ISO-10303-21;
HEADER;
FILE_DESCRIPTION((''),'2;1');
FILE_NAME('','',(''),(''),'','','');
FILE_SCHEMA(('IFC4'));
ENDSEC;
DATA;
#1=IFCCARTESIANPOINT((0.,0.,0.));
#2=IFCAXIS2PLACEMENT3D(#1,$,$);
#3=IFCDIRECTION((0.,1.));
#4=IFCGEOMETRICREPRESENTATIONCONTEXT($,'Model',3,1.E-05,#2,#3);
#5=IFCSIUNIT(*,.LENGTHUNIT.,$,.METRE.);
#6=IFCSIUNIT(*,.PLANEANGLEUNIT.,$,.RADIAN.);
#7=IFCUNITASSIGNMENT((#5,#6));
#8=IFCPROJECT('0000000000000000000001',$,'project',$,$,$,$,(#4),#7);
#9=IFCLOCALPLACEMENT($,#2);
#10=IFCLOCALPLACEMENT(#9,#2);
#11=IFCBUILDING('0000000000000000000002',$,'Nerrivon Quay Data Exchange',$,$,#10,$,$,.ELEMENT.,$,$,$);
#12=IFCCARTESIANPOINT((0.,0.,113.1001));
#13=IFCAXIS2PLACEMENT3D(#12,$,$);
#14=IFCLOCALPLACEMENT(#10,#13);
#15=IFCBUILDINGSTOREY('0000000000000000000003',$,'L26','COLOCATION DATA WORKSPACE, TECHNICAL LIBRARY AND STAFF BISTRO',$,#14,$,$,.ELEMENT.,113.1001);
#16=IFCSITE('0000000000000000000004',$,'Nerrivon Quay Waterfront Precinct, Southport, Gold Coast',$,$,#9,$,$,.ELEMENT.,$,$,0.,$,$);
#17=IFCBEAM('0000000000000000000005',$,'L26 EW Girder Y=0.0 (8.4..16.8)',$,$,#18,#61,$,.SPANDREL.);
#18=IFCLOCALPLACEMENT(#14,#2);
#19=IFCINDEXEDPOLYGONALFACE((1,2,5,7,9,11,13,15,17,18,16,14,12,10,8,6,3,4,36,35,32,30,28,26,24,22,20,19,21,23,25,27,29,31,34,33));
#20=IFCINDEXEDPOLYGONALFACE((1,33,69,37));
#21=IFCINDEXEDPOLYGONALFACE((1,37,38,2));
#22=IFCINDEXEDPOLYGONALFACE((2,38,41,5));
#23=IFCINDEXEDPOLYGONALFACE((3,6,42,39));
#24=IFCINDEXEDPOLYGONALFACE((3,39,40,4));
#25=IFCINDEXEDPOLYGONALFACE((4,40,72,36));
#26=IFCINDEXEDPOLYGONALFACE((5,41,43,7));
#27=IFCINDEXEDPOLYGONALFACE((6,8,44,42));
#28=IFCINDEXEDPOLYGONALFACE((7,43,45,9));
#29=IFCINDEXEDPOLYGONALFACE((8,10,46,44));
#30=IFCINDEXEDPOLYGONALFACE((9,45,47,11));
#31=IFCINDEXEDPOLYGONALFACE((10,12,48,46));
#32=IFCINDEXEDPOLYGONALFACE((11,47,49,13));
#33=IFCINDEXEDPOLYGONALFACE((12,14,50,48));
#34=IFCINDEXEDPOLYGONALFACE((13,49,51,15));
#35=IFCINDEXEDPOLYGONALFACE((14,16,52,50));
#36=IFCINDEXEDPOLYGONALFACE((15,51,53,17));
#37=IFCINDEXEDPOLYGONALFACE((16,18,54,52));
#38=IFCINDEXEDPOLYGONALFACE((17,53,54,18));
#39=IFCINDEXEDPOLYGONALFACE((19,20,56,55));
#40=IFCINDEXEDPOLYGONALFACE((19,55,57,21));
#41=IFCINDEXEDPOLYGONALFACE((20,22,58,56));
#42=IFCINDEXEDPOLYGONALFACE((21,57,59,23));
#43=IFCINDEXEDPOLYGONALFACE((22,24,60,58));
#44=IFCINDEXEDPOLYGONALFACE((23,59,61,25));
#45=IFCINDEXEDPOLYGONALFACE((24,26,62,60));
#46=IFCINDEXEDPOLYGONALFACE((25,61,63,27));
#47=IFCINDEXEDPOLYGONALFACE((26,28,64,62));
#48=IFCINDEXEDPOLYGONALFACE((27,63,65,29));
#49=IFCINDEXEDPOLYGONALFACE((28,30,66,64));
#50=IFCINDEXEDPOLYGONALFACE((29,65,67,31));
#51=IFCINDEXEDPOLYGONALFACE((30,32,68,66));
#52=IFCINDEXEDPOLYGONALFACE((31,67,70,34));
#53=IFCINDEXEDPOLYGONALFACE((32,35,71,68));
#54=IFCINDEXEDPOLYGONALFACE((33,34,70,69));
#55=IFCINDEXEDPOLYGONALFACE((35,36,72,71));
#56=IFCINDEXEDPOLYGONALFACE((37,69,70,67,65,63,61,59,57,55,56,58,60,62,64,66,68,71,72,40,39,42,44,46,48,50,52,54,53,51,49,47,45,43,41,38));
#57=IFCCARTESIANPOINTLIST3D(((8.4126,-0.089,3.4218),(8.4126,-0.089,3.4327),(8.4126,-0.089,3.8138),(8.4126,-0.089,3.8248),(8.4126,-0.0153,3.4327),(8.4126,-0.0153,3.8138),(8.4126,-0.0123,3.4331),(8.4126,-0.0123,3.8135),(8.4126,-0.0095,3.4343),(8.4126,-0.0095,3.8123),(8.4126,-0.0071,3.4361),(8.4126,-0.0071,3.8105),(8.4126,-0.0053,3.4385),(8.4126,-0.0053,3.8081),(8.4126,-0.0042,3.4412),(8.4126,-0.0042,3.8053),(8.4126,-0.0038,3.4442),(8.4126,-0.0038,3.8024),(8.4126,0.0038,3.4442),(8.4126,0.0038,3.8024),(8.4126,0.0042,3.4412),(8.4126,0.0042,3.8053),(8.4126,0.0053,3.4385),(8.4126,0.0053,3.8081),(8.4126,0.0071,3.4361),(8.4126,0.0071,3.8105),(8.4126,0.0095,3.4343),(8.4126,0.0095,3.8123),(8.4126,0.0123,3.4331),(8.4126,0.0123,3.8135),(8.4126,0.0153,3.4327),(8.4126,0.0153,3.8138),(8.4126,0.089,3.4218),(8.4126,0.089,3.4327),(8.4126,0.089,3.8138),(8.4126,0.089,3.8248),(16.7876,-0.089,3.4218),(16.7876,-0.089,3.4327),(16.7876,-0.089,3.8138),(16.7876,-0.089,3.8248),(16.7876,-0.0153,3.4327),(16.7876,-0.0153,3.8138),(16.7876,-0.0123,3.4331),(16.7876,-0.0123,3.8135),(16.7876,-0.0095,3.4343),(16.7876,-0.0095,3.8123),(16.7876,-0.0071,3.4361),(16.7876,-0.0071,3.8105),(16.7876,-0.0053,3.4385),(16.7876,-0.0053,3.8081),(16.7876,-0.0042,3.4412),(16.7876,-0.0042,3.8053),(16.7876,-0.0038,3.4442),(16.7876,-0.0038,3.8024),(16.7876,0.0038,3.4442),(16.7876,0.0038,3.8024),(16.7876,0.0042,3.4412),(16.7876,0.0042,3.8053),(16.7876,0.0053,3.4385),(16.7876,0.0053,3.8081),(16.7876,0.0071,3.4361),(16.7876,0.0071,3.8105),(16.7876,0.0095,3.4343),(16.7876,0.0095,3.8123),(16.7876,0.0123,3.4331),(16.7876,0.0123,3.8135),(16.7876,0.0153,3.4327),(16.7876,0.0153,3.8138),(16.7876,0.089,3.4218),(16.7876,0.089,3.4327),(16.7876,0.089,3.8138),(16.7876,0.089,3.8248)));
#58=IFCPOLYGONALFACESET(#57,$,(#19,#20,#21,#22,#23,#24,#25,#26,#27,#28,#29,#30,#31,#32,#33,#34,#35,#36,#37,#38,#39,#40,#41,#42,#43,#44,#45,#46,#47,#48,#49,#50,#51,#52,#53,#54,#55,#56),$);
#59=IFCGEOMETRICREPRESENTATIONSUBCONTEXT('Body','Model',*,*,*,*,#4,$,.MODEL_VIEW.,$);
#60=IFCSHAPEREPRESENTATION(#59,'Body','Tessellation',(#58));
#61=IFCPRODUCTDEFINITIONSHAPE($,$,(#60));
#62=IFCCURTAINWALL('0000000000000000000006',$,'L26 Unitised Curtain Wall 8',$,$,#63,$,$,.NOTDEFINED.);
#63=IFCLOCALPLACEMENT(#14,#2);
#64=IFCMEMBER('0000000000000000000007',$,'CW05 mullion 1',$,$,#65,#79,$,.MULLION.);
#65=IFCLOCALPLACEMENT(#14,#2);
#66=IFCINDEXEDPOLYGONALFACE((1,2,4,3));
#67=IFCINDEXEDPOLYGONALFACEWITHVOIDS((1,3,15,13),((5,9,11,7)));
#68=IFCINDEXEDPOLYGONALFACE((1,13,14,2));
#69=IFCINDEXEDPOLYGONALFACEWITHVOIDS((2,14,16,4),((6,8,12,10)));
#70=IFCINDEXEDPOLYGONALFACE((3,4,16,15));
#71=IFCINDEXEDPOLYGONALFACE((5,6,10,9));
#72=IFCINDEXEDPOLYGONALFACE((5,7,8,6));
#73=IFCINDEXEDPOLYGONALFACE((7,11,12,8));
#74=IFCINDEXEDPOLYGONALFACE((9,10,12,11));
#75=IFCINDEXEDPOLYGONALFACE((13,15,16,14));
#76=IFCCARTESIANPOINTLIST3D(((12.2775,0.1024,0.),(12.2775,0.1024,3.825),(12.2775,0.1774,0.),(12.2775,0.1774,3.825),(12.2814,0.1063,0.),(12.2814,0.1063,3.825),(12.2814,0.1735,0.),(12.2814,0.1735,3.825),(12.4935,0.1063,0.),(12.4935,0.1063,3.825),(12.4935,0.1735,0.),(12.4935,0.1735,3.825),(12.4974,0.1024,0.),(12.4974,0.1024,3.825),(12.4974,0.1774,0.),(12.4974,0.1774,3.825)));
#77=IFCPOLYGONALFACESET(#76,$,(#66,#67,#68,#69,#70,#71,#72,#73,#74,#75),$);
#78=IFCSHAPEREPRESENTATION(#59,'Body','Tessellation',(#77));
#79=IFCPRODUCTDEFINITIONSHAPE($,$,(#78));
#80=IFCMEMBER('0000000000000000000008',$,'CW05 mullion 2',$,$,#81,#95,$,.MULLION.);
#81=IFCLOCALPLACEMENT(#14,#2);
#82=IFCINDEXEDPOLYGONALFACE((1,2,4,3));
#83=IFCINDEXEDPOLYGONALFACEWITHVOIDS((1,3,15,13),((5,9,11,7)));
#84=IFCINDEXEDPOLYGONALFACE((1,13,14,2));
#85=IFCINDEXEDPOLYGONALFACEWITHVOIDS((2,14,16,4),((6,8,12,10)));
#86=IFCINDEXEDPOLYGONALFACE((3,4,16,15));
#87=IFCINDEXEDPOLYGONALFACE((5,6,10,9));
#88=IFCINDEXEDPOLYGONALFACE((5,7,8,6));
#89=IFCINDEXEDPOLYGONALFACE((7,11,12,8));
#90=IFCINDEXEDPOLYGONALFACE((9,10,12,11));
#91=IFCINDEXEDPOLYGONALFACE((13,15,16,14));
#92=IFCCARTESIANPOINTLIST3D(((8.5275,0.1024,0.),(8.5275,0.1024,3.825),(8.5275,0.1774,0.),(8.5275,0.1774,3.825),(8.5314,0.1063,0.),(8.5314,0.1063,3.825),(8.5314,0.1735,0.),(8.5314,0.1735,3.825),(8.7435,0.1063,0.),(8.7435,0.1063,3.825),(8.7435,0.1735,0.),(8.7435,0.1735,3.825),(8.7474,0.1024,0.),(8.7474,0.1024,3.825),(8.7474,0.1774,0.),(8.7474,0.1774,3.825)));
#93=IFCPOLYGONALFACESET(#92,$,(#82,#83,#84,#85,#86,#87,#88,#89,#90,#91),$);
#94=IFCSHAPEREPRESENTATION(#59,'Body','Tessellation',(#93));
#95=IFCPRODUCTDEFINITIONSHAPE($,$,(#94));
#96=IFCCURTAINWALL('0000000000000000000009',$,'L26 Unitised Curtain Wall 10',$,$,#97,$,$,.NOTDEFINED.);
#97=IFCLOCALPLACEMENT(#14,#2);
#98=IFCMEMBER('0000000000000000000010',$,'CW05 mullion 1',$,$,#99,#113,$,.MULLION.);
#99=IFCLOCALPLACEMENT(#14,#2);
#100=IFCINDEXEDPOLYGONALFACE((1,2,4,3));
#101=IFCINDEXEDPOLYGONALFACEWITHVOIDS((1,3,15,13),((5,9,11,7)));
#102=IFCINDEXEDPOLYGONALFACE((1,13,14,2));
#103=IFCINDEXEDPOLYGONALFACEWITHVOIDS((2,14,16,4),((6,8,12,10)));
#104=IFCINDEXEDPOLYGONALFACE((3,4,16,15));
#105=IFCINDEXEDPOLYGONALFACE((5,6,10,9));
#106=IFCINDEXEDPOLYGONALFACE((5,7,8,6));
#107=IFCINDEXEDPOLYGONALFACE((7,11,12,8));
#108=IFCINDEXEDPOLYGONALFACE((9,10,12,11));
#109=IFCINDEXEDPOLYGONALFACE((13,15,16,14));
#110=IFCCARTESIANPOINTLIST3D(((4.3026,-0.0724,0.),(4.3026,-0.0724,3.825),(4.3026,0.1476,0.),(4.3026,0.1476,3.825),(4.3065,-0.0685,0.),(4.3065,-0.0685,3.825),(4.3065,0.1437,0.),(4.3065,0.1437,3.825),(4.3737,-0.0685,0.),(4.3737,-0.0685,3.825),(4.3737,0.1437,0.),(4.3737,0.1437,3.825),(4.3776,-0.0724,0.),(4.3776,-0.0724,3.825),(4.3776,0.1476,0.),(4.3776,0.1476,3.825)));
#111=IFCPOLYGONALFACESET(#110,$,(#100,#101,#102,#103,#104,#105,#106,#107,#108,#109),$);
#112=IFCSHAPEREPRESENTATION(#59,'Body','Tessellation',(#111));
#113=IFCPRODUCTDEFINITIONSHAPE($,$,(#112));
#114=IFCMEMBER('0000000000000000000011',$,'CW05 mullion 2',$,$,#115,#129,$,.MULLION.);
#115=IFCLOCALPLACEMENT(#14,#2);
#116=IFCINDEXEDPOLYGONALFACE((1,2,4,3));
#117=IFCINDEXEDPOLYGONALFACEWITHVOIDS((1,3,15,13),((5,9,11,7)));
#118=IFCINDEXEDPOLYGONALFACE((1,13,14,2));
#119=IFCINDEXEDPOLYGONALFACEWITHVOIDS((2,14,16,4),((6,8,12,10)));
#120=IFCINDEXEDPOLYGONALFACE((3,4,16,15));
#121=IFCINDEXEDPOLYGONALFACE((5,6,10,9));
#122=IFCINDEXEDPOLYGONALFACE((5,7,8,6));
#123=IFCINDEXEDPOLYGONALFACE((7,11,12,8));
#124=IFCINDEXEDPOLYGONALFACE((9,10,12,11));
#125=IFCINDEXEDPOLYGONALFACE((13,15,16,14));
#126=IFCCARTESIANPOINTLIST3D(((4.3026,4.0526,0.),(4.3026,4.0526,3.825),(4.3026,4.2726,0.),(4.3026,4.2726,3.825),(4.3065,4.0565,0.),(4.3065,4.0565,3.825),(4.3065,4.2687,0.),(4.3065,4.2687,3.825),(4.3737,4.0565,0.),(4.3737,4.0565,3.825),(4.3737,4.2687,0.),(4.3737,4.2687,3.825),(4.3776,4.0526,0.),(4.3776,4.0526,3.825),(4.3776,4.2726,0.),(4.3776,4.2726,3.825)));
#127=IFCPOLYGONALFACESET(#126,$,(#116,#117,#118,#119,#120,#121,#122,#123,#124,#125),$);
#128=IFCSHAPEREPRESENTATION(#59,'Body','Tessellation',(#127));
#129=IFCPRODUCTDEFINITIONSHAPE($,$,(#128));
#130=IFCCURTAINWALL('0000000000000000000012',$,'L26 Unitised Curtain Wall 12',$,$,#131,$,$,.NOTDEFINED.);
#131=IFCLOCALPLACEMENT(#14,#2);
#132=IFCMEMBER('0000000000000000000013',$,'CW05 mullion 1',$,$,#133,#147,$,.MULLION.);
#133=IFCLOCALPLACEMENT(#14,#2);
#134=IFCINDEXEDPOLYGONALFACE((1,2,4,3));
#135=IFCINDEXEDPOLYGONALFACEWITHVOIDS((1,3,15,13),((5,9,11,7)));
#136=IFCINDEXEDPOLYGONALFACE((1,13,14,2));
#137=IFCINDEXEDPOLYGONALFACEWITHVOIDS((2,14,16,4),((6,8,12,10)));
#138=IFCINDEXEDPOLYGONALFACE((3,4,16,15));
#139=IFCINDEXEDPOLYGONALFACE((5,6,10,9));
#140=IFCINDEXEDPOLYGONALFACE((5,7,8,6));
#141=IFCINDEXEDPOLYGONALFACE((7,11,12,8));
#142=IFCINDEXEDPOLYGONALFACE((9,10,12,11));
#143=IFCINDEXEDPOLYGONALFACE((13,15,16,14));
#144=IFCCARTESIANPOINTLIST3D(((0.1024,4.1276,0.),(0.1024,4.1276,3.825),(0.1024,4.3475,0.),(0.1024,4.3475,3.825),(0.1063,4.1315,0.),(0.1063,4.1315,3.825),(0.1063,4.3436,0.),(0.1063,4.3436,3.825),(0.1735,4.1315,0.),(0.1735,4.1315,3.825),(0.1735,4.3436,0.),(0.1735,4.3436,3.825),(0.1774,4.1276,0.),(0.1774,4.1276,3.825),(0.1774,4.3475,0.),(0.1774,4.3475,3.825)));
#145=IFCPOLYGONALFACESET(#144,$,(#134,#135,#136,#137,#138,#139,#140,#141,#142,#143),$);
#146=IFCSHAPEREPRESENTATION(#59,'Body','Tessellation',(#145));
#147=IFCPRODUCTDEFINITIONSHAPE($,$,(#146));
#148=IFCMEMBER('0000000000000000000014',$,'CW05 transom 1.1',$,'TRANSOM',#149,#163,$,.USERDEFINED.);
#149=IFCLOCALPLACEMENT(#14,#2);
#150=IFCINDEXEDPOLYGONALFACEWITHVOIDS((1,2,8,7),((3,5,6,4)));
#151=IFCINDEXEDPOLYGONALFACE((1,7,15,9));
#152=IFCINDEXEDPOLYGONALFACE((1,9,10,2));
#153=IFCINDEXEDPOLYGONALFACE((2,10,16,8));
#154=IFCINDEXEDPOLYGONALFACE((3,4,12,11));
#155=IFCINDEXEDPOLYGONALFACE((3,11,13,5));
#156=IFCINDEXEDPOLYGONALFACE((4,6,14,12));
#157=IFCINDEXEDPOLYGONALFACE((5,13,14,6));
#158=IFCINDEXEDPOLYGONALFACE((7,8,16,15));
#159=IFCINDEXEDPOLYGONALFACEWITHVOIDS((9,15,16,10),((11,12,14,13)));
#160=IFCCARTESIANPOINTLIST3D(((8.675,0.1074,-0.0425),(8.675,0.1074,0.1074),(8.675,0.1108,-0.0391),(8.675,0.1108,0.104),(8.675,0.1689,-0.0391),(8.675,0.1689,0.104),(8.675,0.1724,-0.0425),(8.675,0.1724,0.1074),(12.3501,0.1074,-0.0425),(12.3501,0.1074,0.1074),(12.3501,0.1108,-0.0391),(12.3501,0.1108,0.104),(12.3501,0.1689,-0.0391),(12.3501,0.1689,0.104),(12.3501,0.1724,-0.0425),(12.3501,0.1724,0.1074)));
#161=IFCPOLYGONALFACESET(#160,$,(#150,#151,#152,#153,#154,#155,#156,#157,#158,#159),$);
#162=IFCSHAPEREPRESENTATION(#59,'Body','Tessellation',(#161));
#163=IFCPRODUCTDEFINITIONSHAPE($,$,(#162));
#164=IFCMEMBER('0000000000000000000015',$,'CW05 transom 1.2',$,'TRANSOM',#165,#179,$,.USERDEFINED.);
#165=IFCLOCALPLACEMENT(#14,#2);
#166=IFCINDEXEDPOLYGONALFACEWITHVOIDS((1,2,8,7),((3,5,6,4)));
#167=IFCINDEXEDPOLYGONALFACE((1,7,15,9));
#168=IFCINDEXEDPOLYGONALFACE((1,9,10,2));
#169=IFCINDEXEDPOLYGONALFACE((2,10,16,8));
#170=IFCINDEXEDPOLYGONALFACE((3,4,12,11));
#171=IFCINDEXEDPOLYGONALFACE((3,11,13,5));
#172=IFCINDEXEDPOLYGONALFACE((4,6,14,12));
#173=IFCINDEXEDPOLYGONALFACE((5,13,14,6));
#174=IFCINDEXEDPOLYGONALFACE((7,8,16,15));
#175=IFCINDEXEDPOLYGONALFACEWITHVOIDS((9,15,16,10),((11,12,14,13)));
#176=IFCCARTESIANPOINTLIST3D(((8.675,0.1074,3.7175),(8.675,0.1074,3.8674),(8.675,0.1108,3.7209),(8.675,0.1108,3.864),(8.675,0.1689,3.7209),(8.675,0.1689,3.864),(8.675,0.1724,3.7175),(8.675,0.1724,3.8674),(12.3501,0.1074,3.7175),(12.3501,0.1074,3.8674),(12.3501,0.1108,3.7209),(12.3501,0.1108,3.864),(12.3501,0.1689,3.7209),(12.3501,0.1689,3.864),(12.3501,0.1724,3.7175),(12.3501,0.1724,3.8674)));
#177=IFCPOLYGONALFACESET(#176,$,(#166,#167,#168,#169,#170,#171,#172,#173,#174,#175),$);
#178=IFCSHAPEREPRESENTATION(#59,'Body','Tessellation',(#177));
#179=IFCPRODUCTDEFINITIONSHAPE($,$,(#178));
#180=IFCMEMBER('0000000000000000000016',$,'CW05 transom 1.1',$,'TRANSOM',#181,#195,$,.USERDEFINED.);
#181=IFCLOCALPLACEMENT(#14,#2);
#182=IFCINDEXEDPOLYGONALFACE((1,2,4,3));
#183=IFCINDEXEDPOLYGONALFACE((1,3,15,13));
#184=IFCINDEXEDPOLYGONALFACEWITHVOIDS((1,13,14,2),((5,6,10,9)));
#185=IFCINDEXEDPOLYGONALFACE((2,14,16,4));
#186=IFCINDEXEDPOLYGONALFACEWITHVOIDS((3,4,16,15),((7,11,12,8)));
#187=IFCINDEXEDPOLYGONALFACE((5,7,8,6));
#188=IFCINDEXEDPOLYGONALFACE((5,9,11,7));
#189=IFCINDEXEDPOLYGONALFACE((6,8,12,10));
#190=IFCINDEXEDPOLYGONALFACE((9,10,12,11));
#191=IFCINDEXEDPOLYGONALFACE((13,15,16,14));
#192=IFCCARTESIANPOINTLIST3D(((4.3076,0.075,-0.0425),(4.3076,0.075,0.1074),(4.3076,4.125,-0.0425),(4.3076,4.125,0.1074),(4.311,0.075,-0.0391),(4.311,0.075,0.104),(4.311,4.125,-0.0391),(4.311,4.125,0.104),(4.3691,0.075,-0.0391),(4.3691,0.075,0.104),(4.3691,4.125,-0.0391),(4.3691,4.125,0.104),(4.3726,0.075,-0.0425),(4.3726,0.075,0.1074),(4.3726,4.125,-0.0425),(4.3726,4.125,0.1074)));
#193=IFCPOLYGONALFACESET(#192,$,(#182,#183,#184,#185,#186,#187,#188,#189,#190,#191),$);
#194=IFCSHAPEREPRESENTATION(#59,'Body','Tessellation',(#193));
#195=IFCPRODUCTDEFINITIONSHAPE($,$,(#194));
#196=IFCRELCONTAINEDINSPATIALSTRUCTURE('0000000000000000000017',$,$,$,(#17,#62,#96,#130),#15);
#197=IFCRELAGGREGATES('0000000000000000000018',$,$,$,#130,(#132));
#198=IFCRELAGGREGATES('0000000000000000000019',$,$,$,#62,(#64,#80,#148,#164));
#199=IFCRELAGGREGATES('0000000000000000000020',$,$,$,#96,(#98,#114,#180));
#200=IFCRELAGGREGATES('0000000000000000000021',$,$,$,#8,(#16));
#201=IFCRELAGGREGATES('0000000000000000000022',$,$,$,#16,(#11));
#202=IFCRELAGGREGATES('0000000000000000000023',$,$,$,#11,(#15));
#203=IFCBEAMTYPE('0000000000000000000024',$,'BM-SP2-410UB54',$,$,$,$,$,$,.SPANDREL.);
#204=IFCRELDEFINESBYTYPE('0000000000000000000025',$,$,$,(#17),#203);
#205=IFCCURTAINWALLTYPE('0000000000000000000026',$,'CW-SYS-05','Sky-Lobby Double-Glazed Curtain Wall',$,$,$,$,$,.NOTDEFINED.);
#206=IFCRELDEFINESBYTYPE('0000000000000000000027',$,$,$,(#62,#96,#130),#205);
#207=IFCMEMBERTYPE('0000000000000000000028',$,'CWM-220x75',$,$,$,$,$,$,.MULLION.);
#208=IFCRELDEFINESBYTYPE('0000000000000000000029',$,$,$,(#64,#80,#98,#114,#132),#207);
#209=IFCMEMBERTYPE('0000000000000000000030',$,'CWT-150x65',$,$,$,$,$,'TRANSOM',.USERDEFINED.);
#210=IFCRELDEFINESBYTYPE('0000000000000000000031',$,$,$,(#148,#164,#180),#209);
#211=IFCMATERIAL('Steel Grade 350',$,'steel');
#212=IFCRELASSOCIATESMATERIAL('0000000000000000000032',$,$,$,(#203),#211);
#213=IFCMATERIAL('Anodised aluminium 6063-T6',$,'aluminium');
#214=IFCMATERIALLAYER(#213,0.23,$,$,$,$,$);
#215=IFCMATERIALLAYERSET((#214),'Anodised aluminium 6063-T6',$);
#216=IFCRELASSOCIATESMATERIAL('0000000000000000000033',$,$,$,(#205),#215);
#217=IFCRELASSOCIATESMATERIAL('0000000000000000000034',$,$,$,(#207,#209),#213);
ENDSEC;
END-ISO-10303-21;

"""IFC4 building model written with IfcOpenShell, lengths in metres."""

from ifc_helpers import new_model, si_unit, direction, frame, origin, origin_2d, place, context, subcontext, project, spatial, hollow_rectangle, i_section, extrude, material, layer, layer_set, material_profile, profile_set, type_object, element, aggregate, save


model = new_model("IFC4")

# Units and contexts
model_context = context("Model", 3, precision=1e-05, world=origin(), true_north=direction((0.0, 1.0)))
body_context = subcontext(model_context, "Body", "Model", "MODEL_VIEW")
ifc_project = project(units=[si_unit("LENGTHUNIT", "METRE"), si_unit("PLANEANGLEUNIT", "RADIAN")], contexts=[model_context])

# Site, building, storey
site_placement = place(None, origin())
site = spatial("IfcSite", under=ifc_project, at=site_placement, Name="Nerrivon Quay Waterfront Precinct, Southport, Gold Coast", CompositionType="ELEMENT", RefElevation=0.0)
building_placement = place(site_placement, origin())
building = spatial("IfcBuilding", under=site, at=building_placement, Name="Nerrivon Quay Data Exchange", CompositionType="ELEMENT")
storey_placement = place(building_placement, frame((0.0, 0.0, 113.1001)))
storey = spatial("IfcBuildingStorey", under=building, at=storey_placement, Name="L26", Description="COLOCATION DATA WORKSPACE, TECHNICAL LIBRARY AND STAFF BISTRO", CompositionType="ELEMENT", Elevation=113.1001)

# Shared definitions
ifc_material_1 = material(Name="Steel Grade 350", Category="steel")

# Beam
ifc_material_profile_1 = material_profile(ifc_material_1, i_section(OverallWidth=0.178, OverallDepth=0.4031, WebThickness=0.0076, FlangeThickness=0.011, FilletRadius=0.0115, at=origin_2d()), Name="410UB53.7")
ifc_profile_set_1 = profile_set([ifc_material_profile_1], Name="Steel Grade 350")
beam_type_1 = type_object("IfcBeamType", Name="BM-SP2-410UB54", PredefinedType="SPANDREL", material=ifc_profile_set_1)
beam_1_placement = place(storey_placement, frame((8.4126, 0.0, 3.6233), z_axis=(1.0, 0.0, 0.0), x_axis=(0.0, 1.0, 0.0)))
element("IfcBeam", 1, at=beam_1_placement, inside=storey, type_object=beam_type_1, Name="L26 EW Girder Y=0.0 (8.4..16.8)", PredefinedType="SPANDREL", context=body_context, shape_type="SweptSolid", body=[
    extrude(i_section(OverallWidth=0.178, OverallDepth=0.4031, WebThickness=0.0076, FlangeThickness=0.011, FilletRadius=0.0115, at=origin_2d()), origin(), (0.0, 0.0, 1.0), 8.375),
])

# Curtain walls, members
ifc_material_2 = material(Name="Anodised aluminium 6063-T6", Category="aluminium")
ifc_layer_1 = layer(ifc_material_2, 0.23)
ifc_layer_set_1 = layer_set([ifc_layer_1], Name="Anodised aluminium 6063-T6")
curtain_wall_type = type_object("IfcCurtainWallType", Name="CW-SYS-05", Description="Sky-Lobby Double-Glazed Curtain Wall", PredefinedType="NOTDEFINED", material=ifc_layer_set_1)
curtain_wall_1_placement = place(storey_placement, origin())
curtain_wall_1 = element("IfcCurtainWall", 2, at=curtain_wall_1_placement, inside=storey, type_object=curtain_wall_type, Name="L26 Unitised Curtain Wall 8", PredefinedType="NOTDEFINED")
ifc_material_profile_2 = material_profile(ifc_material_2, hollow_rectangle(XDim=0.075, YDim=0.22, WallThickness=0.0039, at=origin_2d()), Name="ALU-MULL-220x75")
ifc_profile_set_2 = profile_set([ifc_material_profile_2], Name="Anodised aluminium 6063-T6")
member_type_1 = type_object("IfcMemberType", Name="CWM-220x75", PredefinedType="MULLION", material=ifc_profile_set_2)
member_1_placement = place(storey_placement, frame((12.3875, 0.1399, 0.0), z_axis=(0.0, 0.0, 1.0), x_axis=(0.0, -1.0, 0.0)))
member_1 = element("IfcMember", 3, at=member_1_placement, type_object=member_type_1, Name="CW05 mullion 1", PredefinedType="MULLION", context=body_context, shape_type="SweptSolid", body=[
    extrude(hollow_rectangle(XDim=0.075, YDim=0.22, WallThickness=0.0039, at=origin_2d()), origin(), (0.0, 0.0, 1.0), 3.825),
])
member_2_placement = place(storey_placement, frame((8.6375, 0.1399, 0.0), z_axis=(0.0, 0.0, 1.0), x_axis=(0.0, -1.0, 0.0)))
member_2 = element("IfcMember", 4, at=member_2_placement, type_object=member_type_1, Name="CW05 mullion 2", PredefinedType="MULLION", context=body_context, shape_type="SweptSolid", body=[
    extrude(hollow_rectangle(XDim=0.075, YDim=0.22, WallThickness=0.0039, at=origin_2d()), origin(), (0.0, 0.0, 1.0), 3.825),
])
curtain_wall_2_placement = place(storey_placement, origin())
curtain_wall_2 = element("IfcCurtainWall", 5, at=curtain_wall_2_placement, inside=storey, type_object=curtain_wall_type, Name="L26 Unitised Curtain Wall 10", PredefinedType="NOTDEFINED")
member_3_placement = place(storey_placement, frame((4.3401, 0.0376, 0.0), z_axis=(0.0, 0.0, 1.0), x_axis=(-1.0, 0.0, 0.0)))
member_3 = element("IfcMember", 6, at=member_3_placement, type_object=member_type_1, Name="CW05 mullion 1", PredefinedType="MULLION", context=body_context, shape_type="SweptSolid", body=[
    extrude(hollow_rectangle(XDim=0.075, YDim=0.22, WallThickness=0.0039, at=origin_2d()), origin(), (0.0, 0.0, 1.0), 3.825),
])
member_4_placement = place(storey_placement, frame((4.3401, 4.1626, 0.0), z_axis=(0.0, 0.0, 1.0), x_axis=(-1.0, 0.0, 0.0)))
member_4 = element("IfcMember", 7, at=member_4_placement, type_object=member_type_1, Name="CW05 mullion 2", PredefinedType="MULLION", context=body_context, shape_type="SweptSolid", body=[
    extrude(hollow_rectangle(XDim=0.075, YDim=0.22, WallThickness=0.0039, at=origin_2d()), origin(), (0.0, 0.0, 1.0), 3.825),
])

# Curtain wall, member
curtain_wall_3_placement = place(storey_placement, origin())
curtain_wall_3 = element("IfcCurtainWall", 8, at=curtain_wall_3_placement, inside=storey, type_object=curtain_wall_type, Name="L26 Unitised Curtain Wall 12", PredefinedType="NOTDEFINED")
member_5_placement = place(storey_placement, frame((0.1399, 4.2375, 0.0), z_axis=(0.0, 0.0, 1.0), x_axis=(-1.0, 0.0, 0.0)))
member_5 = element("IfcMember", 9, at=member_5_placement, type_object=member_type_1, Name="CW05 mullion 1", PredefinedType="MULLION", context=body_context, shape_type="SweptSolid", body=[
    extrude(hollow_rectangle(XDim=0.075, YDim=0.22, WallThickness=0.0039, at=origin_2d()), origin(), (0.0, 0.0, 1.0), 3.825),
])
aggregate(curtain_wall_3, [member_5])

# Members
ifc_material_profile_3 = material_profile(ifc_material_2, hollow_rectangle(XDim=0.0649, YDim=0.1499, WallThickness=0.0034, at=origin_2d()), Name="ALU-TRAN-150x65")
ifc_profile_set_3 = profile_set([ifc_material_profile_3], Name="Anodised aluminium 6063-T6")
member_type_2 = type_object("IfcMemberType", Name="CWT-150x65", ElementType="TRANSOM", PredefinedType="USERDEFINED", material=ifc_profile_set_3)
member_6_placement = place(storey_placement, frame((12.3501, 0.1399, 0.0325), z_axis=(-1.0, 0.0, 0.0), x_axis=(0.0, -1.0, 0.0)))
member_6 = element("IfcMember", 10, at=member_6_placement, type_object=member_type_2, Name="CW05 transom 1.1", ObjectType="TRANSOM", PredefinedType="USERDEFINED", context=body_context, shape_type="SweptSolid", body=[
    extrude(hollow_rectangle(XDim=0.0649, YDim=0.1499, WallThickness=0.0034, at=origin_2d()), origin(), (0.0, 0.0, 1.0), 3.675),
])
member_7_placement = place(storey_placement, frame((12.3501, 0.1399, 3.7925), z_axis=(-1.0, 0.0, 0.0), x_axis=(0.0, -1.0, 0.0)))
member_7 = element("IfcMember", 11, at=member_7_placement, type_object=member_type_2, Name="CW05 transom 1.2", ObjectType="TRANSOM", PredefinedType="USERDEFINED", context=body_context, shape_type="SweptSolid", body=[
    extrude(hollow_rectangle(XDim=0.0649, YDim=0.1499, WallThickness=0.0034, at=origin_2d()), origin(), (0.0, 0.0, 1.0), 3.675),
])
member_8_placement = place(storey_placement, frame((4.3401, 0.075, 0.0325), z_axis=(0.0, 1.0, 0.0), x_axis=(-1.0, 0.0, 0.0)))
member_8 = element("IfcMember", 12, at=member_8_placement, type_object=member_type_2, Name="CW05 transom 1.1", ObjectType="TRANSOM", PredefinedType="USERDEFINED", context=body_context, shape_type="SweptSolid", body=[
    extrude(hollow_rectangle(XDim=0.0649, YDim=0.1499, WallThickness=0.0034, at=origin_2d()), origin(), (0.0, 0.0, 1.0), 4.05),
])

aggregate(curtain_wall_1, [member_1, member_2, member_6, member_7])
aggregate(curtain_wall_2, [member_3, member_4, member_8])

save(model, "model.ifc")
